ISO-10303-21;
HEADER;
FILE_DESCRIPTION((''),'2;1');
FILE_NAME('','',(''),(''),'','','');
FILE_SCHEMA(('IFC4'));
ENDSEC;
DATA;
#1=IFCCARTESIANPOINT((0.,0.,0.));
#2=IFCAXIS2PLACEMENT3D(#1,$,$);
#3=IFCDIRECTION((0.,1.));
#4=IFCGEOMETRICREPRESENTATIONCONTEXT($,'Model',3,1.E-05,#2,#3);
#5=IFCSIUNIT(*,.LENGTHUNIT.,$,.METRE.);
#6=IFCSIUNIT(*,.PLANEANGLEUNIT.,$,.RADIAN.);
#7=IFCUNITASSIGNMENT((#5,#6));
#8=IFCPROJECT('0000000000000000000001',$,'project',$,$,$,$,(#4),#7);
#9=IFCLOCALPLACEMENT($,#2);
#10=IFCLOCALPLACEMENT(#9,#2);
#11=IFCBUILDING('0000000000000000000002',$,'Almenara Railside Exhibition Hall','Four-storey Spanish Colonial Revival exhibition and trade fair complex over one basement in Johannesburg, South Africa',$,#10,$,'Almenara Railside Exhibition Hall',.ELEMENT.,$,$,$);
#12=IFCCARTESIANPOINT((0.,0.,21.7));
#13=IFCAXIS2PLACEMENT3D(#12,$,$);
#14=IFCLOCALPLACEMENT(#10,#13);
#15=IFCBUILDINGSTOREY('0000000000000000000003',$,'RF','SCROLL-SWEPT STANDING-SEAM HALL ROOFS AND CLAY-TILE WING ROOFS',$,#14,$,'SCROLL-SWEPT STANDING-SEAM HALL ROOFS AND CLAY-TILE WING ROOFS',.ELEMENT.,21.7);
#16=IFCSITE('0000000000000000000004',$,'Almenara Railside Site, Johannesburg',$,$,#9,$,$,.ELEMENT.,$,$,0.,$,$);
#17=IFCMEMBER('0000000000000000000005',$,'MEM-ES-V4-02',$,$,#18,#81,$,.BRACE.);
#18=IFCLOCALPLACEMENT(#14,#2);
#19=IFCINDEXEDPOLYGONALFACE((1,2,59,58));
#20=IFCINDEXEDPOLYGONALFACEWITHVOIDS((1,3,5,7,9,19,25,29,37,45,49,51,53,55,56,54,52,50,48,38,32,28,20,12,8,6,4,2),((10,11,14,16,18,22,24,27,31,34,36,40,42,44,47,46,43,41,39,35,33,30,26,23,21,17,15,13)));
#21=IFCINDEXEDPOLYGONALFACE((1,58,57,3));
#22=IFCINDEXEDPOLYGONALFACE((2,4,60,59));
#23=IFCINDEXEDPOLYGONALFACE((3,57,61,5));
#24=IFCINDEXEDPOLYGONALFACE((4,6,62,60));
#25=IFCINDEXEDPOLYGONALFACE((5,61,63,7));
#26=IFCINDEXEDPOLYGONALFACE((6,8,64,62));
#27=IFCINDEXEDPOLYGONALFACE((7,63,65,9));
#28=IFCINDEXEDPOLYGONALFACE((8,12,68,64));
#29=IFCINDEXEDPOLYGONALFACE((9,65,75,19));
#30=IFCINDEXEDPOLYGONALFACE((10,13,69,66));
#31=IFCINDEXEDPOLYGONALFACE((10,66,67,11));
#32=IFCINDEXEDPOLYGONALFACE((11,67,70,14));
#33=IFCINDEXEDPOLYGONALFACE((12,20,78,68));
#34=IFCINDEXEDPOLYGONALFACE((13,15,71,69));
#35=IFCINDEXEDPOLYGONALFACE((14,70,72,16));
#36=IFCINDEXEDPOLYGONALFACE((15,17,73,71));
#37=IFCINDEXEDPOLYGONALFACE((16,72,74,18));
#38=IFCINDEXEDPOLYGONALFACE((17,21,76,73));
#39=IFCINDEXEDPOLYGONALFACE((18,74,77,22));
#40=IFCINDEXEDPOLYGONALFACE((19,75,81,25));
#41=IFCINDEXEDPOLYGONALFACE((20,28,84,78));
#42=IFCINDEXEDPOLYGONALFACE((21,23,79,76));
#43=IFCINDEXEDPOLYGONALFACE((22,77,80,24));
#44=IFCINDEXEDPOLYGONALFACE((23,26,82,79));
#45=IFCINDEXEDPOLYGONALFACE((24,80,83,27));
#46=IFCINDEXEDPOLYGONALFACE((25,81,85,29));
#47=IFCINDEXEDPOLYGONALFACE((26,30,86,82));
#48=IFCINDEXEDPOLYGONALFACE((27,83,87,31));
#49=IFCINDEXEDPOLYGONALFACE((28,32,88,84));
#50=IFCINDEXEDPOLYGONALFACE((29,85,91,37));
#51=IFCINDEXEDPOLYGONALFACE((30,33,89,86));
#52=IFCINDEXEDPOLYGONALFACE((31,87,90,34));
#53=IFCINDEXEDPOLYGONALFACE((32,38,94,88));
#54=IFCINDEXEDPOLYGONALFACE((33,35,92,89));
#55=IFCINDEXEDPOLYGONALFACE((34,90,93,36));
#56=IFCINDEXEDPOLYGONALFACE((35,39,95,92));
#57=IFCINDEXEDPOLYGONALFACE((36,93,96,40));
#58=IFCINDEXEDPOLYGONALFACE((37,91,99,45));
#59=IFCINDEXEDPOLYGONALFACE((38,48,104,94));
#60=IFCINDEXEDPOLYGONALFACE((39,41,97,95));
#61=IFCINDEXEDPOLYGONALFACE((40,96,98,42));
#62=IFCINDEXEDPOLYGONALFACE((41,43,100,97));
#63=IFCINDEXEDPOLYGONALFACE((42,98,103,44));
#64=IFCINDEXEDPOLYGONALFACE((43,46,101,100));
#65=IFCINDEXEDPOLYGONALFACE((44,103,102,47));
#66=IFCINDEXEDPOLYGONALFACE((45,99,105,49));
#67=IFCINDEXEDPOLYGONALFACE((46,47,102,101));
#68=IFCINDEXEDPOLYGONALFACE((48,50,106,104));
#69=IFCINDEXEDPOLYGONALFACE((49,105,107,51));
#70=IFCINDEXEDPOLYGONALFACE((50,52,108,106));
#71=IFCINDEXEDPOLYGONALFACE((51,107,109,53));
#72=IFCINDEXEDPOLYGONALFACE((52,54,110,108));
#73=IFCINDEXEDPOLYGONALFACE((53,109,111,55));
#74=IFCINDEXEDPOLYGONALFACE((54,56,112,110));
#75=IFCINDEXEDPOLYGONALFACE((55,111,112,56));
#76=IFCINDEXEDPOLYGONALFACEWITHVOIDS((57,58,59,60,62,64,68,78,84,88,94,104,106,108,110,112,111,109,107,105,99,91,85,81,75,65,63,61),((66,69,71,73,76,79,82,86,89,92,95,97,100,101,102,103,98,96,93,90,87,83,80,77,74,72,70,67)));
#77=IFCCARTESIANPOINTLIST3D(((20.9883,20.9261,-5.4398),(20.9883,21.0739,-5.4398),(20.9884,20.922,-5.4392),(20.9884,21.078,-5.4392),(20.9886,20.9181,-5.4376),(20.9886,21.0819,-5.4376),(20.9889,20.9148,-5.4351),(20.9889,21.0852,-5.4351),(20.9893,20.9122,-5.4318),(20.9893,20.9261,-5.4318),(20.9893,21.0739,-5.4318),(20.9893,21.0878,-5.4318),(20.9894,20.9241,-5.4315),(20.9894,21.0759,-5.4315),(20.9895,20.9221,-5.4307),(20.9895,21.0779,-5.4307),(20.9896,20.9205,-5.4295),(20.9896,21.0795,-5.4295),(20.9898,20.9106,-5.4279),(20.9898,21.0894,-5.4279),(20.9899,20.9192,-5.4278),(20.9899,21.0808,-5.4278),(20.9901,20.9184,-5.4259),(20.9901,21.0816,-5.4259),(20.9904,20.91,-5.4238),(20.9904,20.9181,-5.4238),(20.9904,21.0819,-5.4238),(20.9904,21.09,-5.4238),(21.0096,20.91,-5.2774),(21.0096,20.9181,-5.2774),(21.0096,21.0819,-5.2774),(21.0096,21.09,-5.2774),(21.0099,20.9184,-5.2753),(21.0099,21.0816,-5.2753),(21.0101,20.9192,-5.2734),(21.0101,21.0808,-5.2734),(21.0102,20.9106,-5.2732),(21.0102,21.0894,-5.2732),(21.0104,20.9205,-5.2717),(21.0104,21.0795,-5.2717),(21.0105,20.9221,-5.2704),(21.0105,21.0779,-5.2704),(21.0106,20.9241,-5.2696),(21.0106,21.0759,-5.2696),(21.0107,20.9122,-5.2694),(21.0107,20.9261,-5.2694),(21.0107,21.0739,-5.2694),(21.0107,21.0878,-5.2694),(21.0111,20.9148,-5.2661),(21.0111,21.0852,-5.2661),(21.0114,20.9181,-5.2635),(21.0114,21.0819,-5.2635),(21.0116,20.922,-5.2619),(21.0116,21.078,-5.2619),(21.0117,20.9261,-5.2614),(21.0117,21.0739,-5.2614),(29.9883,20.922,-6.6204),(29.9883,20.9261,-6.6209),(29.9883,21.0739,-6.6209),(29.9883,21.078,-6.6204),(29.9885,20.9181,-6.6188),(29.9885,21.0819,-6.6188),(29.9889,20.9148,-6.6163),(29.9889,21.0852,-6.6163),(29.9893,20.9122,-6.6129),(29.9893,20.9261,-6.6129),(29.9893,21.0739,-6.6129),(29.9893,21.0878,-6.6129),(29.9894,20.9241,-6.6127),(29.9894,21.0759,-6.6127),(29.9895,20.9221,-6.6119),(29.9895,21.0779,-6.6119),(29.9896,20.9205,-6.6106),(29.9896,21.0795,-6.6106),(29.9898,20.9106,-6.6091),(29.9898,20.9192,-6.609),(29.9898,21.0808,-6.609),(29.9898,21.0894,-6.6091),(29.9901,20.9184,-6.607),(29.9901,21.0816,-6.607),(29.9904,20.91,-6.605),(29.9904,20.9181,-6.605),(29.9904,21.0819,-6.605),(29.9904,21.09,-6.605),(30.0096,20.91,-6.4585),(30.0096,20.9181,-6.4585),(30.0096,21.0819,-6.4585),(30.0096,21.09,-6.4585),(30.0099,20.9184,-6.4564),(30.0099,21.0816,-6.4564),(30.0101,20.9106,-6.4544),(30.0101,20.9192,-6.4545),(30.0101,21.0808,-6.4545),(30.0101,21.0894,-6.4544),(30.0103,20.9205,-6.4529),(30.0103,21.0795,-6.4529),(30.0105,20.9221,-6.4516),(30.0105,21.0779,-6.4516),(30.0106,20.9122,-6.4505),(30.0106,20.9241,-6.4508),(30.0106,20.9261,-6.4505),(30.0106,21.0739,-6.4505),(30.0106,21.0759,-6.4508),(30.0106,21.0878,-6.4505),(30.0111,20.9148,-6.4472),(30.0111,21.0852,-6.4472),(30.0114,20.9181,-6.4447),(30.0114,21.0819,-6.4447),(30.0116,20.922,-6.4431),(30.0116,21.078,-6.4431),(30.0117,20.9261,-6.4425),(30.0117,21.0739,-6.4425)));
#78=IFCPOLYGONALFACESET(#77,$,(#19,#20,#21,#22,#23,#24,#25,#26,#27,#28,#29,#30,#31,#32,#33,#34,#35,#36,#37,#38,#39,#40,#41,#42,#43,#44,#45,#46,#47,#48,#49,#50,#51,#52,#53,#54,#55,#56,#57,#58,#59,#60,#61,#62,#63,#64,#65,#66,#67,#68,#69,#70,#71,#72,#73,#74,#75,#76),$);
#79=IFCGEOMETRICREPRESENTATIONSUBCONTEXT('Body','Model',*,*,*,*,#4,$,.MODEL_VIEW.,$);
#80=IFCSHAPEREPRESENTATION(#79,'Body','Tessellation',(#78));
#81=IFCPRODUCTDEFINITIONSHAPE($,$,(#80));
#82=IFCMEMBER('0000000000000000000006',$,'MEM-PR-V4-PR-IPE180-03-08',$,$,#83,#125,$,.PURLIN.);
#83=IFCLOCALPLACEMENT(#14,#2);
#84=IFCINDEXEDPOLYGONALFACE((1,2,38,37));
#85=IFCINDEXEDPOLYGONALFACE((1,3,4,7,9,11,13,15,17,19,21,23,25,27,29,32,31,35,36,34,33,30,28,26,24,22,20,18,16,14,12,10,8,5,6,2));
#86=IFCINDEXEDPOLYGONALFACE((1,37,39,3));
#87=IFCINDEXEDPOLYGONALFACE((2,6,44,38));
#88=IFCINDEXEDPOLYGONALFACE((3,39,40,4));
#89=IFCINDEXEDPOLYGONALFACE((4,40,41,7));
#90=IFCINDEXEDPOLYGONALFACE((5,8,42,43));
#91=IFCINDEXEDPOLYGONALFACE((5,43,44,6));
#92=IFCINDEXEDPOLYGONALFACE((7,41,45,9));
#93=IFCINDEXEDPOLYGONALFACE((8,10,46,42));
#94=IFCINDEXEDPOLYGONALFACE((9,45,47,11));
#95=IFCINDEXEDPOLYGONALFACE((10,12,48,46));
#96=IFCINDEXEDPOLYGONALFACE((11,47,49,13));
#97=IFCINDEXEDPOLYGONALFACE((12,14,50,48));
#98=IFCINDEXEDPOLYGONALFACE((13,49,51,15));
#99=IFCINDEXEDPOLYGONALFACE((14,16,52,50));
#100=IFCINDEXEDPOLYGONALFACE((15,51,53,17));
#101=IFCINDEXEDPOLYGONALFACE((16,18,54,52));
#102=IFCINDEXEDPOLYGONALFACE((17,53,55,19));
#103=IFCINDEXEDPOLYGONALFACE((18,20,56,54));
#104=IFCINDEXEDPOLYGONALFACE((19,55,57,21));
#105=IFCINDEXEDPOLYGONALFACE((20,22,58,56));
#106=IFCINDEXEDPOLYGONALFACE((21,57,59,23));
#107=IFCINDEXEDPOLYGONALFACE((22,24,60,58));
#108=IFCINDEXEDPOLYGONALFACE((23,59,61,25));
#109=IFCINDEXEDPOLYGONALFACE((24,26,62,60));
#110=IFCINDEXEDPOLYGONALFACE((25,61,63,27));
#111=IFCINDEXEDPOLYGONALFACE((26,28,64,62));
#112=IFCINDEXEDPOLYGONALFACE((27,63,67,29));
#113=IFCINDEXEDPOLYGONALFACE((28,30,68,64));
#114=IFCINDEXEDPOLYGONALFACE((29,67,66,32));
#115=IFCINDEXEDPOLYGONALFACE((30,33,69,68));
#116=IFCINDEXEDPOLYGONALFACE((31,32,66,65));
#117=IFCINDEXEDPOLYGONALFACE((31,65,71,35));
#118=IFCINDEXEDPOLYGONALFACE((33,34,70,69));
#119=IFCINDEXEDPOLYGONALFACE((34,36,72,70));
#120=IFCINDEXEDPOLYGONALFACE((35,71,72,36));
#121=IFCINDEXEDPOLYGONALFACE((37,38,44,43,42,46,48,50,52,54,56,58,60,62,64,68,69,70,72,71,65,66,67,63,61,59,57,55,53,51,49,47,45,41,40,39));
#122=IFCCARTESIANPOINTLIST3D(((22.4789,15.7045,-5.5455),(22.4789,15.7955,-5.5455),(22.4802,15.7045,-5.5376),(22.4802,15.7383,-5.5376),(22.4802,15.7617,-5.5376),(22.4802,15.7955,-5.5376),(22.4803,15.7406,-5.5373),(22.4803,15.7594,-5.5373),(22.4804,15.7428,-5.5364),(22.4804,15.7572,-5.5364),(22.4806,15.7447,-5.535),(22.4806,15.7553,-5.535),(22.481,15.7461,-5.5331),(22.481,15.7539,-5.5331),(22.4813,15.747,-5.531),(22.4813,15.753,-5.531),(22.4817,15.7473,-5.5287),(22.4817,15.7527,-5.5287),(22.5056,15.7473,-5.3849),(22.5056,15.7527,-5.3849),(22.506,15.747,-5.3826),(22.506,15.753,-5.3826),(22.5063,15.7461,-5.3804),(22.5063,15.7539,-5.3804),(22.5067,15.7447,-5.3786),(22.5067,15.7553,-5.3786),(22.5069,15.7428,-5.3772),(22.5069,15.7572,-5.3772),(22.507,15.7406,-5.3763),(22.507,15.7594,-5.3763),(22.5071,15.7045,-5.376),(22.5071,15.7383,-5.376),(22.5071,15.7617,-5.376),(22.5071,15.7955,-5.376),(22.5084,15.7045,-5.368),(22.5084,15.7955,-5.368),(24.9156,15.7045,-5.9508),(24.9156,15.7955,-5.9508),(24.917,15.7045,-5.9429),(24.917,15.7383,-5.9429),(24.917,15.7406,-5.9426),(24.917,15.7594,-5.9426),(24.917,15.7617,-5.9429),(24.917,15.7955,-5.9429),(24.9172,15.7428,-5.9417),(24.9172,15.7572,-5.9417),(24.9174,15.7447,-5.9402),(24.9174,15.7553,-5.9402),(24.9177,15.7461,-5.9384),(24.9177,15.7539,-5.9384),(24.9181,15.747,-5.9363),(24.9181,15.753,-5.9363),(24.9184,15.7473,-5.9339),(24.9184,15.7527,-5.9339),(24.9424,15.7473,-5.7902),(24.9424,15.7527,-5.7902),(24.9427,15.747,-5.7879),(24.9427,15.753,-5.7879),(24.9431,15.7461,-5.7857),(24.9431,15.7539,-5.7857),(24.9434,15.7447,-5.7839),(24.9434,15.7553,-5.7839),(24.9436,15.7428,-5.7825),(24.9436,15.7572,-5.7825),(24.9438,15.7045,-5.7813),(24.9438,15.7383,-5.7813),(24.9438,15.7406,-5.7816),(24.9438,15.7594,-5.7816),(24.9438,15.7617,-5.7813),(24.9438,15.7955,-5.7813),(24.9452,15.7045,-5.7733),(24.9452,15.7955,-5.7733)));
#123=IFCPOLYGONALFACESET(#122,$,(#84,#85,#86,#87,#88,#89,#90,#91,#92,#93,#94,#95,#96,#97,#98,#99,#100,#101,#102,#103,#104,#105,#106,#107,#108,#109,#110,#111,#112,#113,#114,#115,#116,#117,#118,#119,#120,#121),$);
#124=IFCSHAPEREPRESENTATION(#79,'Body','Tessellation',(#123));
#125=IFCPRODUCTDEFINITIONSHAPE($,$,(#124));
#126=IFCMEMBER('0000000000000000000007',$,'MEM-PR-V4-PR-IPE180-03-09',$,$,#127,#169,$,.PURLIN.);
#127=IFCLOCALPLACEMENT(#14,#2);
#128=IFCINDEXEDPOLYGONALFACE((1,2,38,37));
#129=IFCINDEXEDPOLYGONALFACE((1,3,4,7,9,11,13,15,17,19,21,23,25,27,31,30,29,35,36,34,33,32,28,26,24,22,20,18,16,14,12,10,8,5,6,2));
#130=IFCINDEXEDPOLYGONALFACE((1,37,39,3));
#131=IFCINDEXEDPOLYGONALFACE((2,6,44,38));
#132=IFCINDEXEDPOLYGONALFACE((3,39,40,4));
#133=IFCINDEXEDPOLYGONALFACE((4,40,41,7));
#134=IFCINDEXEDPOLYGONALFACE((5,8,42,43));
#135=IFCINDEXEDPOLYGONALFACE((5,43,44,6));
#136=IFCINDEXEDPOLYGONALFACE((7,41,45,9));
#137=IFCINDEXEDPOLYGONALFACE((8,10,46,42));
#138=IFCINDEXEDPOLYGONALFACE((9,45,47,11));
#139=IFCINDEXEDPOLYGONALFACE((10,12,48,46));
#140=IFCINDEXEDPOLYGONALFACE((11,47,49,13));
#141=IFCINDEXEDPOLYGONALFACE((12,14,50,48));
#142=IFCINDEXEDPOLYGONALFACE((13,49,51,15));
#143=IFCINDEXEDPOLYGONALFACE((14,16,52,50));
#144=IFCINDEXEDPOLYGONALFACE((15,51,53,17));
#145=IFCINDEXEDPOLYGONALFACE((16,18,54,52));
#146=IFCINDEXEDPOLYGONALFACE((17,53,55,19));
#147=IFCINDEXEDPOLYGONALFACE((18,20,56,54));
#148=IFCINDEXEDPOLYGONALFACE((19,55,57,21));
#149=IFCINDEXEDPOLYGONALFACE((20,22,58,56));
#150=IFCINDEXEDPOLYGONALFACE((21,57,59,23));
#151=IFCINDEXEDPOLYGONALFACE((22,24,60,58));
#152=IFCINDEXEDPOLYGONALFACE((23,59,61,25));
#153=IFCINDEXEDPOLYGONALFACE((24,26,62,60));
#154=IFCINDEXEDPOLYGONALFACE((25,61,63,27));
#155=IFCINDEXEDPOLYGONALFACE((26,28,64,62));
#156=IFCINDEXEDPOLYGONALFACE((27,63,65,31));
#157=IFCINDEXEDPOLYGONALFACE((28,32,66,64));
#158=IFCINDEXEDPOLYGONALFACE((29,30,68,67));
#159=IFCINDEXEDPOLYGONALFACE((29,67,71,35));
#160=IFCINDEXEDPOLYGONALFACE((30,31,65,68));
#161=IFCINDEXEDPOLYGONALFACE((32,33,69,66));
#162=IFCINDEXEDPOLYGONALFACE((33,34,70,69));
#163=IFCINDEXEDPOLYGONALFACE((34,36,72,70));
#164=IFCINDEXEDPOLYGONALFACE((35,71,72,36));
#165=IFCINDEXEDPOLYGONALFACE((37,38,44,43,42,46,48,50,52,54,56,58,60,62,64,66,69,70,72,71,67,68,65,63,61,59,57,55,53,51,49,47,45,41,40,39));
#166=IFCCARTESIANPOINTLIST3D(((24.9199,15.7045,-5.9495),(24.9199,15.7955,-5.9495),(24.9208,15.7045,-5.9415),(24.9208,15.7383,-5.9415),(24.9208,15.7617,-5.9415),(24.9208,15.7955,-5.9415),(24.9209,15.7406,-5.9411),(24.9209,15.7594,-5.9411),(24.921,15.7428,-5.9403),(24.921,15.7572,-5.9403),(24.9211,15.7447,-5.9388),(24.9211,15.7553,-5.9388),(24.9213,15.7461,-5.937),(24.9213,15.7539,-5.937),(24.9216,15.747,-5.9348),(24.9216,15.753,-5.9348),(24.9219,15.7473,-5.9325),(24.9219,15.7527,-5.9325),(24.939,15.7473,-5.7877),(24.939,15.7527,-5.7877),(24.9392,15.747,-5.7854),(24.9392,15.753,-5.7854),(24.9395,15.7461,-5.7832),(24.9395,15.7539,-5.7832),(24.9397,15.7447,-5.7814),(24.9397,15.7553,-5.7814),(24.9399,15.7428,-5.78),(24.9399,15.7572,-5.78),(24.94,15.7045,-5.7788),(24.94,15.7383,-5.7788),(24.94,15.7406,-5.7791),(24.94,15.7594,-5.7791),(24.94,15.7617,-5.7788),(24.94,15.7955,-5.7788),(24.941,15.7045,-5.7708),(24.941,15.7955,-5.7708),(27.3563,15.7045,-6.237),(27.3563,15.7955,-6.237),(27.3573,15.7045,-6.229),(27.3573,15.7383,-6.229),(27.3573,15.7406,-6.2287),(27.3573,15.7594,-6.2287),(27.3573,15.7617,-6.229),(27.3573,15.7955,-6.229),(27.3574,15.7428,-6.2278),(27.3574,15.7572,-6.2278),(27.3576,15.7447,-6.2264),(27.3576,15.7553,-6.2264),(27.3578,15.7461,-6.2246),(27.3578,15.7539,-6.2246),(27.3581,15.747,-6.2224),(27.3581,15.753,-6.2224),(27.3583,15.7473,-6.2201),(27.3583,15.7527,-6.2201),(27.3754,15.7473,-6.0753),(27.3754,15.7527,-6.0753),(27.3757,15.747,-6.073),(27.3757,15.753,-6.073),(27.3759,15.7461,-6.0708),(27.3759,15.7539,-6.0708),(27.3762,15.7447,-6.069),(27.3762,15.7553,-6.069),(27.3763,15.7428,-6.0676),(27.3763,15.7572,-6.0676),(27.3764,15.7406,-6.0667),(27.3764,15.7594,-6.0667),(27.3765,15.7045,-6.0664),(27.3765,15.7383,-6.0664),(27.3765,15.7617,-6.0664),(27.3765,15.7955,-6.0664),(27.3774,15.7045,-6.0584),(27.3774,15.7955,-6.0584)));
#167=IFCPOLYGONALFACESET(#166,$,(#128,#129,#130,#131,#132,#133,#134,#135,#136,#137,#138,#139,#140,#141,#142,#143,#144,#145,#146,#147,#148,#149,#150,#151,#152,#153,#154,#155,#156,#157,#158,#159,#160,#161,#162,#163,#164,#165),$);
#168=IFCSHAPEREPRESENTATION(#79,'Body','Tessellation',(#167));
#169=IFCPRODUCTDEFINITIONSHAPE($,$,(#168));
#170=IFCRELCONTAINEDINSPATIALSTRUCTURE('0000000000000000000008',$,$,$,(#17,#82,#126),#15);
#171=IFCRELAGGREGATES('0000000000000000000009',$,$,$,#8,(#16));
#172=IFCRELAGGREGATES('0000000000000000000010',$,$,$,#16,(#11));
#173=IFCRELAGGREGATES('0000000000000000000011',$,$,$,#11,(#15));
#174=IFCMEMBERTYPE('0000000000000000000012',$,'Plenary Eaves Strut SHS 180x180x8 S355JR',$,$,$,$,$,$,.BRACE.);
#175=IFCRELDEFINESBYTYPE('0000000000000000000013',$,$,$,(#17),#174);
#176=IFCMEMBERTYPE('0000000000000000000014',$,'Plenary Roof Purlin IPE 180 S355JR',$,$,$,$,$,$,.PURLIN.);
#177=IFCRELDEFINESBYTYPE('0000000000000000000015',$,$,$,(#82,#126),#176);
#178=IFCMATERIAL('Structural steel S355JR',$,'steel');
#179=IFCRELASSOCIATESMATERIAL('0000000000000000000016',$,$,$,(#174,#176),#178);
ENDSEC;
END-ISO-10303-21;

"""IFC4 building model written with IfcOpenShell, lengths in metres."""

from ifc_helpers import new_model, si_unit, direction, frame, origin, origin_2d, place, context, subcontext, project, spatial, hollow_rectangle, i_section, extrude, material, material_profile, profile_set, type_object, element, save


model = new_model("IFC4")

# Units and contexts
model_context = context("Model", 3, precision=1e-05, world=origin(), true_north=direction((0.0, 1.0)))
body_context = subcontext(model_context, "Body", "Model", "MODEL_VIEW")
ifc_project = project(units=[si_unit("LENGTHUNIT", "METRE"), si_unit("PLANEANGLEUNIT", "RADIAN")], contexts=[model_context])

# Site, building, storey
site_placement = place(None, origin())
site = spatial("IfcSite", under=ifc_project, at=site_placement, Name="Almenara Railside Site, Johannesburg", CompositionType="ELEMENT", RefElevation=0.0)
building_placement = place(site_placement, origin())
building = spatial("IfcBuilding", under=site, at=building_placement, Name="Almenara Railside Exhibition Hall", Description="Four-storey Spanish Colonial Revival exhibition and trade fair complex over one basement in Johannesburg, South Africa", LongName="Almenara Railside Exhibition Hall", CompositionType="ELEMENT")
storey_placement = place(building_placement, frame((0.0, 0.0, 21.7)))
storey = spatial("IfcBuildingStorey", under=building, at=storey_placement, Name="RF", Description="SCROLL-SWEPT STANDING-SEAM HALL ROOFS AND CLAY-TILE WING ROOFS", LongName="SCROLL-SWEPT STANDING-SEAM HALL ROOFS AND CLAY-TILE WING ROOFS", CompositionType="ELEMENT", Elevation=21.7)

# Members
ifc_material_1 = material(Name="Structural steel S355JR", Category="steel")
ifc_material_profile_1 = material_profile(ifc_material_1, hollow_rectangle(XDim=0.1799, YDim=0.1799, WallThickness=0.0081, InnerFilletRadius=0.0081, OuterFilletRadius=0.0161, at=origin_2d()), Name="SHS 180x180x8")
ifc_profile_set_1 = profile_set([ifc_material_profile_1], Name="Structural steel S355JR")
member_type_1 = type_object("IfcMemberType", Name="Plenary Eaves Strut SHS 180x180x8 S355JR", PredefinedType="BRACE", material=ifc_profile_set_1)
member_1_placement = place(storey_placement, frame((21.0, 21.0, -5.3506), z_axis=(0.991498, 0.0, -0.130123), x_axis=(0.0, 1.0, 0.0)))
element("IfcMember", 1, at=member_1_placement, inside=storey, type_object=member_type_1, Name="MEM-ES-V4-02", PredefinedType="BRACE", context=body_context, shape_type="SweptSolid", body=[
    extrude(hollow_rectangle(XDim=0.1799, YDim=0.1799, WallThickness=0.0081, InnerFilletRadius=0.0081, OuterFilletRadius=0.0161, at=origin_2d()), origin(), (0.0, 0.0, 1.0), 9.0771),
])
ifc_material_profile_2 = material_profile(ifc_material_1, i_section(OverallWidth=0.0911, OverallDepth=0.1799, WebThickness=0.0054, FlangeThickness=0.0081, FilletRadius=0.009, at=origin_2d()), Name="IPE 180")
ifc_profile_set_2 = profile_set([ifc_material_profile_2], Name="Structural steel S355JR")
member_type_2 = type_object("IfcMemberType", Name="Plenary Roof Purlin IPE 180 S355JR", PredefinedType="PURLIN", material=ifc_profile_set_2)
member_2_placement = place(storey_placement, frame((22.4937, 15.75, -5.4568), z_axis=(0.98645, 0.0, -0.164062), x_axis=(0.0, 1.0, 0.0)))
element("IfcMember", 2, at=member_2_placement, inside=storey, type_object=member_type_2, Name="MEM-PR-V4-PR-IPE180-03-08", PredefinedType="PURLIN", context=body_context, shape_type="SweptSolid", body=[
    extrude(i_section(OverallWidth=0.0911, OverallDepth=0.1799, WebThickness=0.0054, FlangeThickness=0.0081, FilletRadius=0.009, at=origin_2d()), origin(), (0.0, 0.0, 1.0), 2.4702),
])
member_3_placement = place(storey_placement, frame((24.9304, 15.75, -5.8601), z_axis=(0.993106, 0.0, -0.117222), x_axis=(0.0, 1.0, 0.0)))
element("IfcMember", 3, at=member_3_placement, inside=storey, type_object=member_type_2, Name="MEM-PR-V4-PR-IPE180-03-09", PredefinedType="PURLIN", context=body_context, shape_type="SweptSolid", body=[
    extrude(i_section(OverallWidth=0.0911, OverallDepth=0.1799, WebThickness=0.0054, FlangeThickness=0.0081, FilletRadius=0.009, at=origin_2d()), origin(), (0.0, 0.0, 1.0), 2.4534),
])

save(model, "model.ifc")
